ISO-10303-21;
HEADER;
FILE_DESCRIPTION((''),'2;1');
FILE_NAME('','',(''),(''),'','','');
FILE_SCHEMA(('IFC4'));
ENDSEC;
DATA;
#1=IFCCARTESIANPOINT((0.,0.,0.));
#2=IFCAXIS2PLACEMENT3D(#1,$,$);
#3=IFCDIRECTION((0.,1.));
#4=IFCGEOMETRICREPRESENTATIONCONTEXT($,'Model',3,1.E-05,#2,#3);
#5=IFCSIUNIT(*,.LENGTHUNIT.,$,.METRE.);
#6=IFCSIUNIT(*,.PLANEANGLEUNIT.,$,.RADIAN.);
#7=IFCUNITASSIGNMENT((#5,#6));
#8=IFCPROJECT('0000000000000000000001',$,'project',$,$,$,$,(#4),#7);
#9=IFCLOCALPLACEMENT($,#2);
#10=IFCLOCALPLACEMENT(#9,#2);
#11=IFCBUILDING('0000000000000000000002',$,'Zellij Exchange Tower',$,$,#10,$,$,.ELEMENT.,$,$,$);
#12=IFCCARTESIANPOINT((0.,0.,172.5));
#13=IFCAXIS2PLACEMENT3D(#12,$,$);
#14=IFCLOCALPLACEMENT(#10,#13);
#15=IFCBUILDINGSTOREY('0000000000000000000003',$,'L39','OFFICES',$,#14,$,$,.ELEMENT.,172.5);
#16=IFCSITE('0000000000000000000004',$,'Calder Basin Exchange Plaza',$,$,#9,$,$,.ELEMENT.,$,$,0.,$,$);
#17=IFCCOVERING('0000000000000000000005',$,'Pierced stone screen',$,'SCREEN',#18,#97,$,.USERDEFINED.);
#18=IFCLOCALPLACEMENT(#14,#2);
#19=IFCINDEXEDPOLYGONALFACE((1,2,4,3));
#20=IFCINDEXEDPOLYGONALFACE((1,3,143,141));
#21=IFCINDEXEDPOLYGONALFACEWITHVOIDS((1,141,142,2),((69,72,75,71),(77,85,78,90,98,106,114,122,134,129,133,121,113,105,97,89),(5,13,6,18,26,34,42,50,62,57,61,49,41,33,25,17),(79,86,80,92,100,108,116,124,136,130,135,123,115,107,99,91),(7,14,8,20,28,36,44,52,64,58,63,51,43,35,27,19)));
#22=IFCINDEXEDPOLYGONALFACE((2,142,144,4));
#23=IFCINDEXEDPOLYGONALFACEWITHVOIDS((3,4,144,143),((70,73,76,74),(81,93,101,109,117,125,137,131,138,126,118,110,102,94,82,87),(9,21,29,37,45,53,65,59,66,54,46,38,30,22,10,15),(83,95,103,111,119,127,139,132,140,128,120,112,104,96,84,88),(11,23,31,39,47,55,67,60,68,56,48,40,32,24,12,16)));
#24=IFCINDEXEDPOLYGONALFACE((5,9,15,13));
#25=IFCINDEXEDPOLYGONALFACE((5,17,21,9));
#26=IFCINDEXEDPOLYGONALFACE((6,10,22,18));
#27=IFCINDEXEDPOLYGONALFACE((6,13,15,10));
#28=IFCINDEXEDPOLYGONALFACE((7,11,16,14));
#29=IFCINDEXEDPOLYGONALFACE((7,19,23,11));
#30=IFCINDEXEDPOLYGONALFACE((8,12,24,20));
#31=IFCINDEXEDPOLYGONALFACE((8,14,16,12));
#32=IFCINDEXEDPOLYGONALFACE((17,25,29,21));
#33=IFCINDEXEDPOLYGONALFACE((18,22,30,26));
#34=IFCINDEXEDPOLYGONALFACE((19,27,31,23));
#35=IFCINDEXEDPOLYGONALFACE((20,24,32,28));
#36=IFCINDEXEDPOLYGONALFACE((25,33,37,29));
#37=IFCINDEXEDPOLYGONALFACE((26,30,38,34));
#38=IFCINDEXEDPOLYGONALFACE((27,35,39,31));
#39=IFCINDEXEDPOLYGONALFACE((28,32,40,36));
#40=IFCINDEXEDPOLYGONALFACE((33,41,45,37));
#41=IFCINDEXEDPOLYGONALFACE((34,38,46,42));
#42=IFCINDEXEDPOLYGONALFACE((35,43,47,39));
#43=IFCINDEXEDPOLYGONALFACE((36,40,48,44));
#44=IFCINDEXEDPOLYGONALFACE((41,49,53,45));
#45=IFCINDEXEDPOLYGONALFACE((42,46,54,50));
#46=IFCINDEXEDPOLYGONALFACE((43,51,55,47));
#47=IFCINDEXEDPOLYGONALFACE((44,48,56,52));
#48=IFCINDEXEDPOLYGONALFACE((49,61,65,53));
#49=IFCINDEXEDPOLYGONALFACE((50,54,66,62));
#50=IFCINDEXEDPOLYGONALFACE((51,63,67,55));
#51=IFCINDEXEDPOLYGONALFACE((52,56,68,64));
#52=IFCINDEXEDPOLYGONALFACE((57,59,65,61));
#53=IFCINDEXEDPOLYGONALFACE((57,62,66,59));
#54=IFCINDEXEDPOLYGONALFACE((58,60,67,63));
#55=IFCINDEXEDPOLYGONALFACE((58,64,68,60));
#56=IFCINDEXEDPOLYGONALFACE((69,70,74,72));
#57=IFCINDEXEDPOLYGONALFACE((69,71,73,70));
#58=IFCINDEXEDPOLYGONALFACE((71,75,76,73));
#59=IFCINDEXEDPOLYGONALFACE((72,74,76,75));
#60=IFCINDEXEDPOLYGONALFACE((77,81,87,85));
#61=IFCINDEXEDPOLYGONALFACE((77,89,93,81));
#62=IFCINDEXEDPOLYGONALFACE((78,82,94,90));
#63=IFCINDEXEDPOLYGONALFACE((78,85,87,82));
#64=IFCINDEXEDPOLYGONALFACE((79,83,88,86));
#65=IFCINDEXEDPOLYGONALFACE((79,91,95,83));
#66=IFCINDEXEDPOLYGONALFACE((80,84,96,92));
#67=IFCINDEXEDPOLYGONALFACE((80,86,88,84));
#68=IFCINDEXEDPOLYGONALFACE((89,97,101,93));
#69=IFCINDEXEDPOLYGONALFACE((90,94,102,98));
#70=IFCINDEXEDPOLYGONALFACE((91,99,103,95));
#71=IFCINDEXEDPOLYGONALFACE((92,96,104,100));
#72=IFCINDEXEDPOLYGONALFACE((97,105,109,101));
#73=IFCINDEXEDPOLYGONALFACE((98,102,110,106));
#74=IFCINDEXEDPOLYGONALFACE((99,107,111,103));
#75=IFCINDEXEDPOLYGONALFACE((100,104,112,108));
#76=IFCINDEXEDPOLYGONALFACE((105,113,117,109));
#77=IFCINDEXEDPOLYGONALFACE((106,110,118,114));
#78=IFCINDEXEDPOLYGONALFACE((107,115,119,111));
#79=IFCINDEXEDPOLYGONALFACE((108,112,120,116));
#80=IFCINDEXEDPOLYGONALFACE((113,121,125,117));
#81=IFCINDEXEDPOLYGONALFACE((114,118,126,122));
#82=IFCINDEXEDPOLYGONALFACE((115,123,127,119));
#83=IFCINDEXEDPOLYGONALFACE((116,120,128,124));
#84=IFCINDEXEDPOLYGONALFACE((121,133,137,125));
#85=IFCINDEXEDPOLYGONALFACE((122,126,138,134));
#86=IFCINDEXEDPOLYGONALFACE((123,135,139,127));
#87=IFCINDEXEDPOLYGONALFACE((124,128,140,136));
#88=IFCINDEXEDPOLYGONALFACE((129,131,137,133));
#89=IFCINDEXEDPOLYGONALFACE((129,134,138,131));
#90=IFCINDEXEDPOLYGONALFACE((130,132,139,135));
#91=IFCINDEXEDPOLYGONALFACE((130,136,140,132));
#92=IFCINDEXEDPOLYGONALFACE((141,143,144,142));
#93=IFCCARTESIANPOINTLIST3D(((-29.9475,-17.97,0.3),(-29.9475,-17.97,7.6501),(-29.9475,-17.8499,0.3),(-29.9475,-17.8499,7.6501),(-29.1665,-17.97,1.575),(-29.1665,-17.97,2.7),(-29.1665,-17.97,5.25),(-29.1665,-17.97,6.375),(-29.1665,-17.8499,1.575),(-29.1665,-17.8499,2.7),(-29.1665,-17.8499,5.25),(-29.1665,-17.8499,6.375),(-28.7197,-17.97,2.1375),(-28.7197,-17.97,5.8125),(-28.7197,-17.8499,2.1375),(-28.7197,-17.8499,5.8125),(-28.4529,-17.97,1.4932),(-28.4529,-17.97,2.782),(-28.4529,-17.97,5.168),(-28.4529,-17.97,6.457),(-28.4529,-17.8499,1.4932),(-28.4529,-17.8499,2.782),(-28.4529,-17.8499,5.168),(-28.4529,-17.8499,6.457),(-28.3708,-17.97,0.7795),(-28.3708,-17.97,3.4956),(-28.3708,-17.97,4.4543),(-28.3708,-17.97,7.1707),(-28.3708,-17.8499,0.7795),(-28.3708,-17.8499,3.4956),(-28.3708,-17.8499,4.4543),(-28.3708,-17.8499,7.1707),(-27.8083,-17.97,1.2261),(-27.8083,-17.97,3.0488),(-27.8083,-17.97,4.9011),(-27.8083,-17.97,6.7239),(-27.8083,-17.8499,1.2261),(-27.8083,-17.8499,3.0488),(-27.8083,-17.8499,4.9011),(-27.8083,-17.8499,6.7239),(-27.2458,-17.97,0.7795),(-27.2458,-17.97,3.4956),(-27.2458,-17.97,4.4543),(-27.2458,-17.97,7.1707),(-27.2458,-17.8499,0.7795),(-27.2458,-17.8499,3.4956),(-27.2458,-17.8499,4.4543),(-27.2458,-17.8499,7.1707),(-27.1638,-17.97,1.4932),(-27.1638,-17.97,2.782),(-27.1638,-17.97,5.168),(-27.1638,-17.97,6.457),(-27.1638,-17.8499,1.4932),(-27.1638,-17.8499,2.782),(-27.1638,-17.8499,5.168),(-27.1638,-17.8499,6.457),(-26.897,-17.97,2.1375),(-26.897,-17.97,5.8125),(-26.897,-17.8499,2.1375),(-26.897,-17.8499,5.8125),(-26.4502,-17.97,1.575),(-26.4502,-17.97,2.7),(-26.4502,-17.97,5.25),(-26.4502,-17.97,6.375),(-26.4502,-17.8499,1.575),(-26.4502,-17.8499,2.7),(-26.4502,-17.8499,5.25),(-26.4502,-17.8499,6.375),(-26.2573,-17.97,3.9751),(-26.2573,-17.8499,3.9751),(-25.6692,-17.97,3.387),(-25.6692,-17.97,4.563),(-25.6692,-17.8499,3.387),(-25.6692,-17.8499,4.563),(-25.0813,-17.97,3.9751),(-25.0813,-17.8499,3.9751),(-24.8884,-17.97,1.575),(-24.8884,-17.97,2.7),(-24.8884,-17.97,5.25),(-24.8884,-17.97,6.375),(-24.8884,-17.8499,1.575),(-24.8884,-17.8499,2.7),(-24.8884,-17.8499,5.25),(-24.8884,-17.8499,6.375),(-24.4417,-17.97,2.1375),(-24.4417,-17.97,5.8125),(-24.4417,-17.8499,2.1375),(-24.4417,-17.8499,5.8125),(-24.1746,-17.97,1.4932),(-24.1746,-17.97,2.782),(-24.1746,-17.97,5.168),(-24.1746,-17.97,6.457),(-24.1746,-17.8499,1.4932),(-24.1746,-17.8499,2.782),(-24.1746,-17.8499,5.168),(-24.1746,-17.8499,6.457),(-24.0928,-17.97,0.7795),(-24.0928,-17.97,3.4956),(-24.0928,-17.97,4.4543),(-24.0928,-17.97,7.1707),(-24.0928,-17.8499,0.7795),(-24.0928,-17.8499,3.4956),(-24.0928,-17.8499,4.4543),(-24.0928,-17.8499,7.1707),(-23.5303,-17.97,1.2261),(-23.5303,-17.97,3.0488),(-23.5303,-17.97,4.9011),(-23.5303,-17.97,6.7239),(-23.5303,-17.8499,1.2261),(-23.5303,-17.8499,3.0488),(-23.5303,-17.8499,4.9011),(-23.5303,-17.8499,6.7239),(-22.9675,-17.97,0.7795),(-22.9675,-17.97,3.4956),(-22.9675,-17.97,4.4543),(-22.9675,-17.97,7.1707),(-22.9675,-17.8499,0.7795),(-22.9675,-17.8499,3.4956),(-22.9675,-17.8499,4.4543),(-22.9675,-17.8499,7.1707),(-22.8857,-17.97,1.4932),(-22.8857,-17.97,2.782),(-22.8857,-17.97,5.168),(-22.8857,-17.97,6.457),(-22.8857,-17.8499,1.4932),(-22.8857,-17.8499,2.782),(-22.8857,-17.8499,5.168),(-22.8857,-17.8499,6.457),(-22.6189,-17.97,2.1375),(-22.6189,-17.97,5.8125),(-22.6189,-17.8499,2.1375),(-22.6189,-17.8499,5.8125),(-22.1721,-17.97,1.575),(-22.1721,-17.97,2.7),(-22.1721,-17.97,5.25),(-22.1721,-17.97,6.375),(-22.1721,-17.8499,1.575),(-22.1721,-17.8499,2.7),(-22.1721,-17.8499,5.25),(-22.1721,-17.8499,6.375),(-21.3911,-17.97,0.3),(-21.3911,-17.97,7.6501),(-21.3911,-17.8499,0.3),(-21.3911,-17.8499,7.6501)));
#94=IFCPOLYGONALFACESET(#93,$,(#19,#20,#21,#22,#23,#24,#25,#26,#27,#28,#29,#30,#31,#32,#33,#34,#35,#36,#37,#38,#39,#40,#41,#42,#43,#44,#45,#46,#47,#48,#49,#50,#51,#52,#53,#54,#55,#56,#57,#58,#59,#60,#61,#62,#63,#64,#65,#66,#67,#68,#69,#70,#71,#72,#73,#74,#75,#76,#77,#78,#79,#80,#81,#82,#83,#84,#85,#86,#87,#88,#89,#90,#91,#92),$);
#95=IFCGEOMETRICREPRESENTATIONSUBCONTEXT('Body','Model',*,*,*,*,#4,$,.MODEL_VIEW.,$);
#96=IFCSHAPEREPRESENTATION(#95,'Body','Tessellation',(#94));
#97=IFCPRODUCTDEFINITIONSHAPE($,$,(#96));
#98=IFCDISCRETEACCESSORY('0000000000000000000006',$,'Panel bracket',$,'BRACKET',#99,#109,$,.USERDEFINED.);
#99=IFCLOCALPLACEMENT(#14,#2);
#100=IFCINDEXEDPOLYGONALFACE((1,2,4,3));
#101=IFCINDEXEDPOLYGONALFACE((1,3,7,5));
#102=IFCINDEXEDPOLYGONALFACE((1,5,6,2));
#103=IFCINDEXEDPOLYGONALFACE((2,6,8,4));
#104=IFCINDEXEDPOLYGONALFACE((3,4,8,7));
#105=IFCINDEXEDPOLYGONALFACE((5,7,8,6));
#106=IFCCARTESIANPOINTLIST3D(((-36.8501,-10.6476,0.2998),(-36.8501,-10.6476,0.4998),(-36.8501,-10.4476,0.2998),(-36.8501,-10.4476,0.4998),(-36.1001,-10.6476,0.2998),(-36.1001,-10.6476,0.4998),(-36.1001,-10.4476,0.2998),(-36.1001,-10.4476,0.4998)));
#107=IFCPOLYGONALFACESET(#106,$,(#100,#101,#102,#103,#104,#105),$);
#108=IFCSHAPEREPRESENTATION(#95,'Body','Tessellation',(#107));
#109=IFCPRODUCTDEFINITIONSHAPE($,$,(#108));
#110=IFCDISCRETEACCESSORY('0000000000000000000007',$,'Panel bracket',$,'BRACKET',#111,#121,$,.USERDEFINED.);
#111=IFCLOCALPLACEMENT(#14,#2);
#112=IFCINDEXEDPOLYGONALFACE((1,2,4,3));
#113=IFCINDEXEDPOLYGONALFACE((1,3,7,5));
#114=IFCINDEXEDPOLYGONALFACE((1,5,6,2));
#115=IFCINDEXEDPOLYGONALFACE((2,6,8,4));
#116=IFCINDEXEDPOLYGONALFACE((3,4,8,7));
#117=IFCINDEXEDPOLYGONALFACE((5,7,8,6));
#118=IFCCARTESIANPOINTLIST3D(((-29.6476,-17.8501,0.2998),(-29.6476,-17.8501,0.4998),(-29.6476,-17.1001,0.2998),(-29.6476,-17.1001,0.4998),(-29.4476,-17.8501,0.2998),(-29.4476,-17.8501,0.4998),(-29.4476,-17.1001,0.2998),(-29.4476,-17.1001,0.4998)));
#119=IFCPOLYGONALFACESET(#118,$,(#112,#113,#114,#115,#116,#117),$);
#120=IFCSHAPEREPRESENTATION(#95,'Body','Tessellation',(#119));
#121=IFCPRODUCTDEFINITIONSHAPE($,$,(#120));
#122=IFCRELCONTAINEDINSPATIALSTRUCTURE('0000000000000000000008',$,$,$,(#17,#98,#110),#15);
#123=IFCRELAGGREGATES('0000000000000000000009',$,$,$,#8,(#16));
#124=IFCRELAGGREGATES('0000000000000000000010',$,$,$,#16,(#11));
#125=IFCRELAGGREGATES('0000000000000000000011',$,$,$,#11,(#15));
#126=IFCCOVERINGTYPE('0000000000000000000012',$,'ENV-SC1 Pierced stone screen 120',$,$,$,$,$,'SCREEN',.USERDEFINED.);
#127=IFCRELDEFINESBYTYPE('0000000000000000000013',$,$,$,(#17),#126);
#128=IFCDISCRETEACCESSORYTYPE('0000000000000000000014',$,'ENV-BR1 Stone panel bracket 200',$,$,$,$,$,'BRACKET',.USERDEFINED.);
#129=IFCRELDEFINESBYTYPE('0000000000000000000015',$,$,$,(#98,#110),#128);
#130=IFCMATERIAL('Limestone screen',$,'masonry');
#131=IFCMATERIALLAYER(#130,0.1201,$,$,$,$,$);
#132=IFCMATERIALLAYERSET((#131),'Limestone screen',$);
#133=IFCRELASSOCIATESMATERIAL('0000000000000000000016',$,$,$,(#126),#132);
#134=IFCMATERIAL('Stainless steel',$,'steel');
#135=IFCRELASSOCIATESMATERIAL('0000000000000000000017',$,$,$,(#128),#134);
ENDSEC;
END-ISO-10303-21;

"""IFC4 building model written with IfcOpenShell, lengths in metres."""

from ifc_helpers import new_model, si_unit, direction, frame, origin, origin_2d, place, context, subcontext, project, spatial, polyline, rectangle, outline, extrude, material, layer, layer_set, type_object, element, save


model = new_model("IFC4")

# Units and contexts
model_context = context("Model", 3, precision=1e-05, world=origin(), true_north=direction((0.0, 1.0)))
body_context = subcontext(model_context, "Body", "Model", "MODEL_VIEW")
ifc_project = project(units=[si_unit("LENGTHUNIT", "METRE"), si_unit("PLANEANGLEUNIT", "RADIAN")], contexts=[model_context])

# Site, building, storey
site_placement = place(None, origin())
site = spatial("IfcSite", under=ifc_project, at=site_placement, Name="Calder Basin Exchange Plaza", CompositionType="ELEMENT", RefElevation=0.0)
building_placement = place(site_placement, origin())
building = spatial("IfcBuilding", under=site, at=building_placement, Name="Zellij Exchange Tower", CompositionType="ELEMENT")
storey_placement = place(building_placement, frame((0.0, 0.0, 172.5)))
storey = spatial("IfcBuildingStorey", under=building, at=storey_placement, Name="L39", Description="OFFICES", CompositionType="ELEMENT", Elevation=172.5)

# Covering
ifc_material_1 = material(Name="Limestone screen", Category="masonry")
ifc_layer_1 = layer(ifc_material_1, 0.1201)
ifc_layer_set_1 = layer_set([ifc_layer_1], Name="Limestone screen")
covering_type = type_object("IfcCoveringType", Name="ENV-SC1 Pierced stone screen 120", ElementType="SCREEN", PredefinedType="USERDEFINED", material=ifc_layer_set_1)
covering_placement = place(storey_placement, frame((-29.9475, -17.9099, 0.3), z_axis=(0.0, 0.0, 1.0), x_axis=(1.0, 0.0, 0.0)))
element("IfcCovering", 1, at=covering_placement, inside=storey, type_object=covering_type, Name="Pierced stone screen", ObjectType="SCREEN", PredefinedType="USERDEFINED", context=body_context, shape_type="SweptSolid", body=[
    extrude(outline(polyline([(0.0, 0.0), (8.5564, 0.0), (8.5564, 7.3501), (0.0, 7.3501), (0.0, 0.0)]), holes=[polyline([(3.4973, 2.3999), (2.7837, 2.4819), (2.7017, 3.1956), (2.1392, 2.7488), (1.5767, 3.1956), (1.4946, 2.4819), (0.781, 2.3999), (1.2278, 1.8374), (0.781, 1.2749), (1.4946, 1.1931), (1.5767, 0.4795), (2.1392, 0.926), (2.7017, 0.4795), (2.7837, 1.1931), (3.4973, 1.2749), (3.0505, 1.8374), (3.4973, 2.3999)]), polyline([(3.4973, 6.075), (2.7837, 6.157), (2.7017, 6.8706), (2.1392, 6.4238), (1.5767, 6.8706), (1.4946, 6.157), (0.781, 6.075), (1.2278, 5.5125), (0.781, 4.95), (1.4946, 4.8679), (1.5767, 4.1543), (2.1392, 4.6011), (2.7017, 4.1543), (2.7837, 4.8679), (3.4973, 4.95), (3.0505, 5.5125), (3.4973, 6.075)]), polyline([(7.7754, 2.3999), (7.0618, 2.4819), (6.98, 3.1956), (6.4172, 2.7488), (5.8547, 3.1956), (5.7729, 2.4819), (5.0591, 2.3999), (5.5059, 1.8374), (5.0591, 1.2749), (5.7729, 1.1931), (5.8547, 0.4795), (6.4172, 0.926), (6.98, 0.4795), (7.0618, 1.1931), (7.7754, 1.2749), (7.3286, 1.8374), (7.7754, 2.3999)]), polyline([(7.7754, 6.075), (7.0618, 6.157), (6.98, 6.8706), (6.4172, 6.4238), (5.8547, 6.8706), (5.7729, 6.157), (5.0591, 6.075), (5.5059, 5.5125), (5.0591, 4.95), (5.7729, 4.8679), (5.8547, 4.1543), (6.4172, 4.6011), (6.98, 4.1543), (7.0618, 4.8679), (7.7754, 4.95), (7.3286, 5.5125), (7.7754, 6.075)]), polyline([(4.8662, 3.675), (4.2783, 4.2629), (3.6902, 3.675), (4.2783, 3.0869), (4.8662, 3.675)])]), frame((0.0, 0.0601, 0.0), z_axis=(0.0, -1.0, 0.0), x_axis=(1.0, 0.0, 0.0)), (0.0, 0.0, 1.0), 0.1201),
])

# Discrete accessories
ifc_material_2 = material(Name="Stainless steel", Category="steel")
discrete_accessory_type = type_object("IfcDiscreteAccessoryType", Name="ENV-BR1 Stone panel bracket 200", ElementType="BRACKET", PredefinedType="USERDEFINED", material=ifc_material_2)
for number, where, z_axis, x_axis, name in (
    (2, (-36.4751, -10.5476, 0.2998), (0.0, 0.0, 1.0), (0.0, -1.0, 0.0), "Panel bracket"),
    (3, (-29.5476, -17.4751, 0.2998), (0.0, 0.0, 1.0), (1.0, 0.0, 0.0), "Panel bracket"),
):
    element("IfcDiscreteAccessory", number, at=place(storey_placement, frame(where, z_axis=z_axis, x_axis=x_axis)), inside=storey, type_object=discrete_accessory_type, Name=name, ObjectType="BRACKET", PredefinedType="USERDEFINED", context=body_context, shape_type="SweptSolid", body=[
        extrude(rectangle(XDim=0.2, YDim=0.75, at=origin_2d()), origin(), (0.0, 0.0, 1.0), 0.2),
    ])

save(model, "model.ifc")
